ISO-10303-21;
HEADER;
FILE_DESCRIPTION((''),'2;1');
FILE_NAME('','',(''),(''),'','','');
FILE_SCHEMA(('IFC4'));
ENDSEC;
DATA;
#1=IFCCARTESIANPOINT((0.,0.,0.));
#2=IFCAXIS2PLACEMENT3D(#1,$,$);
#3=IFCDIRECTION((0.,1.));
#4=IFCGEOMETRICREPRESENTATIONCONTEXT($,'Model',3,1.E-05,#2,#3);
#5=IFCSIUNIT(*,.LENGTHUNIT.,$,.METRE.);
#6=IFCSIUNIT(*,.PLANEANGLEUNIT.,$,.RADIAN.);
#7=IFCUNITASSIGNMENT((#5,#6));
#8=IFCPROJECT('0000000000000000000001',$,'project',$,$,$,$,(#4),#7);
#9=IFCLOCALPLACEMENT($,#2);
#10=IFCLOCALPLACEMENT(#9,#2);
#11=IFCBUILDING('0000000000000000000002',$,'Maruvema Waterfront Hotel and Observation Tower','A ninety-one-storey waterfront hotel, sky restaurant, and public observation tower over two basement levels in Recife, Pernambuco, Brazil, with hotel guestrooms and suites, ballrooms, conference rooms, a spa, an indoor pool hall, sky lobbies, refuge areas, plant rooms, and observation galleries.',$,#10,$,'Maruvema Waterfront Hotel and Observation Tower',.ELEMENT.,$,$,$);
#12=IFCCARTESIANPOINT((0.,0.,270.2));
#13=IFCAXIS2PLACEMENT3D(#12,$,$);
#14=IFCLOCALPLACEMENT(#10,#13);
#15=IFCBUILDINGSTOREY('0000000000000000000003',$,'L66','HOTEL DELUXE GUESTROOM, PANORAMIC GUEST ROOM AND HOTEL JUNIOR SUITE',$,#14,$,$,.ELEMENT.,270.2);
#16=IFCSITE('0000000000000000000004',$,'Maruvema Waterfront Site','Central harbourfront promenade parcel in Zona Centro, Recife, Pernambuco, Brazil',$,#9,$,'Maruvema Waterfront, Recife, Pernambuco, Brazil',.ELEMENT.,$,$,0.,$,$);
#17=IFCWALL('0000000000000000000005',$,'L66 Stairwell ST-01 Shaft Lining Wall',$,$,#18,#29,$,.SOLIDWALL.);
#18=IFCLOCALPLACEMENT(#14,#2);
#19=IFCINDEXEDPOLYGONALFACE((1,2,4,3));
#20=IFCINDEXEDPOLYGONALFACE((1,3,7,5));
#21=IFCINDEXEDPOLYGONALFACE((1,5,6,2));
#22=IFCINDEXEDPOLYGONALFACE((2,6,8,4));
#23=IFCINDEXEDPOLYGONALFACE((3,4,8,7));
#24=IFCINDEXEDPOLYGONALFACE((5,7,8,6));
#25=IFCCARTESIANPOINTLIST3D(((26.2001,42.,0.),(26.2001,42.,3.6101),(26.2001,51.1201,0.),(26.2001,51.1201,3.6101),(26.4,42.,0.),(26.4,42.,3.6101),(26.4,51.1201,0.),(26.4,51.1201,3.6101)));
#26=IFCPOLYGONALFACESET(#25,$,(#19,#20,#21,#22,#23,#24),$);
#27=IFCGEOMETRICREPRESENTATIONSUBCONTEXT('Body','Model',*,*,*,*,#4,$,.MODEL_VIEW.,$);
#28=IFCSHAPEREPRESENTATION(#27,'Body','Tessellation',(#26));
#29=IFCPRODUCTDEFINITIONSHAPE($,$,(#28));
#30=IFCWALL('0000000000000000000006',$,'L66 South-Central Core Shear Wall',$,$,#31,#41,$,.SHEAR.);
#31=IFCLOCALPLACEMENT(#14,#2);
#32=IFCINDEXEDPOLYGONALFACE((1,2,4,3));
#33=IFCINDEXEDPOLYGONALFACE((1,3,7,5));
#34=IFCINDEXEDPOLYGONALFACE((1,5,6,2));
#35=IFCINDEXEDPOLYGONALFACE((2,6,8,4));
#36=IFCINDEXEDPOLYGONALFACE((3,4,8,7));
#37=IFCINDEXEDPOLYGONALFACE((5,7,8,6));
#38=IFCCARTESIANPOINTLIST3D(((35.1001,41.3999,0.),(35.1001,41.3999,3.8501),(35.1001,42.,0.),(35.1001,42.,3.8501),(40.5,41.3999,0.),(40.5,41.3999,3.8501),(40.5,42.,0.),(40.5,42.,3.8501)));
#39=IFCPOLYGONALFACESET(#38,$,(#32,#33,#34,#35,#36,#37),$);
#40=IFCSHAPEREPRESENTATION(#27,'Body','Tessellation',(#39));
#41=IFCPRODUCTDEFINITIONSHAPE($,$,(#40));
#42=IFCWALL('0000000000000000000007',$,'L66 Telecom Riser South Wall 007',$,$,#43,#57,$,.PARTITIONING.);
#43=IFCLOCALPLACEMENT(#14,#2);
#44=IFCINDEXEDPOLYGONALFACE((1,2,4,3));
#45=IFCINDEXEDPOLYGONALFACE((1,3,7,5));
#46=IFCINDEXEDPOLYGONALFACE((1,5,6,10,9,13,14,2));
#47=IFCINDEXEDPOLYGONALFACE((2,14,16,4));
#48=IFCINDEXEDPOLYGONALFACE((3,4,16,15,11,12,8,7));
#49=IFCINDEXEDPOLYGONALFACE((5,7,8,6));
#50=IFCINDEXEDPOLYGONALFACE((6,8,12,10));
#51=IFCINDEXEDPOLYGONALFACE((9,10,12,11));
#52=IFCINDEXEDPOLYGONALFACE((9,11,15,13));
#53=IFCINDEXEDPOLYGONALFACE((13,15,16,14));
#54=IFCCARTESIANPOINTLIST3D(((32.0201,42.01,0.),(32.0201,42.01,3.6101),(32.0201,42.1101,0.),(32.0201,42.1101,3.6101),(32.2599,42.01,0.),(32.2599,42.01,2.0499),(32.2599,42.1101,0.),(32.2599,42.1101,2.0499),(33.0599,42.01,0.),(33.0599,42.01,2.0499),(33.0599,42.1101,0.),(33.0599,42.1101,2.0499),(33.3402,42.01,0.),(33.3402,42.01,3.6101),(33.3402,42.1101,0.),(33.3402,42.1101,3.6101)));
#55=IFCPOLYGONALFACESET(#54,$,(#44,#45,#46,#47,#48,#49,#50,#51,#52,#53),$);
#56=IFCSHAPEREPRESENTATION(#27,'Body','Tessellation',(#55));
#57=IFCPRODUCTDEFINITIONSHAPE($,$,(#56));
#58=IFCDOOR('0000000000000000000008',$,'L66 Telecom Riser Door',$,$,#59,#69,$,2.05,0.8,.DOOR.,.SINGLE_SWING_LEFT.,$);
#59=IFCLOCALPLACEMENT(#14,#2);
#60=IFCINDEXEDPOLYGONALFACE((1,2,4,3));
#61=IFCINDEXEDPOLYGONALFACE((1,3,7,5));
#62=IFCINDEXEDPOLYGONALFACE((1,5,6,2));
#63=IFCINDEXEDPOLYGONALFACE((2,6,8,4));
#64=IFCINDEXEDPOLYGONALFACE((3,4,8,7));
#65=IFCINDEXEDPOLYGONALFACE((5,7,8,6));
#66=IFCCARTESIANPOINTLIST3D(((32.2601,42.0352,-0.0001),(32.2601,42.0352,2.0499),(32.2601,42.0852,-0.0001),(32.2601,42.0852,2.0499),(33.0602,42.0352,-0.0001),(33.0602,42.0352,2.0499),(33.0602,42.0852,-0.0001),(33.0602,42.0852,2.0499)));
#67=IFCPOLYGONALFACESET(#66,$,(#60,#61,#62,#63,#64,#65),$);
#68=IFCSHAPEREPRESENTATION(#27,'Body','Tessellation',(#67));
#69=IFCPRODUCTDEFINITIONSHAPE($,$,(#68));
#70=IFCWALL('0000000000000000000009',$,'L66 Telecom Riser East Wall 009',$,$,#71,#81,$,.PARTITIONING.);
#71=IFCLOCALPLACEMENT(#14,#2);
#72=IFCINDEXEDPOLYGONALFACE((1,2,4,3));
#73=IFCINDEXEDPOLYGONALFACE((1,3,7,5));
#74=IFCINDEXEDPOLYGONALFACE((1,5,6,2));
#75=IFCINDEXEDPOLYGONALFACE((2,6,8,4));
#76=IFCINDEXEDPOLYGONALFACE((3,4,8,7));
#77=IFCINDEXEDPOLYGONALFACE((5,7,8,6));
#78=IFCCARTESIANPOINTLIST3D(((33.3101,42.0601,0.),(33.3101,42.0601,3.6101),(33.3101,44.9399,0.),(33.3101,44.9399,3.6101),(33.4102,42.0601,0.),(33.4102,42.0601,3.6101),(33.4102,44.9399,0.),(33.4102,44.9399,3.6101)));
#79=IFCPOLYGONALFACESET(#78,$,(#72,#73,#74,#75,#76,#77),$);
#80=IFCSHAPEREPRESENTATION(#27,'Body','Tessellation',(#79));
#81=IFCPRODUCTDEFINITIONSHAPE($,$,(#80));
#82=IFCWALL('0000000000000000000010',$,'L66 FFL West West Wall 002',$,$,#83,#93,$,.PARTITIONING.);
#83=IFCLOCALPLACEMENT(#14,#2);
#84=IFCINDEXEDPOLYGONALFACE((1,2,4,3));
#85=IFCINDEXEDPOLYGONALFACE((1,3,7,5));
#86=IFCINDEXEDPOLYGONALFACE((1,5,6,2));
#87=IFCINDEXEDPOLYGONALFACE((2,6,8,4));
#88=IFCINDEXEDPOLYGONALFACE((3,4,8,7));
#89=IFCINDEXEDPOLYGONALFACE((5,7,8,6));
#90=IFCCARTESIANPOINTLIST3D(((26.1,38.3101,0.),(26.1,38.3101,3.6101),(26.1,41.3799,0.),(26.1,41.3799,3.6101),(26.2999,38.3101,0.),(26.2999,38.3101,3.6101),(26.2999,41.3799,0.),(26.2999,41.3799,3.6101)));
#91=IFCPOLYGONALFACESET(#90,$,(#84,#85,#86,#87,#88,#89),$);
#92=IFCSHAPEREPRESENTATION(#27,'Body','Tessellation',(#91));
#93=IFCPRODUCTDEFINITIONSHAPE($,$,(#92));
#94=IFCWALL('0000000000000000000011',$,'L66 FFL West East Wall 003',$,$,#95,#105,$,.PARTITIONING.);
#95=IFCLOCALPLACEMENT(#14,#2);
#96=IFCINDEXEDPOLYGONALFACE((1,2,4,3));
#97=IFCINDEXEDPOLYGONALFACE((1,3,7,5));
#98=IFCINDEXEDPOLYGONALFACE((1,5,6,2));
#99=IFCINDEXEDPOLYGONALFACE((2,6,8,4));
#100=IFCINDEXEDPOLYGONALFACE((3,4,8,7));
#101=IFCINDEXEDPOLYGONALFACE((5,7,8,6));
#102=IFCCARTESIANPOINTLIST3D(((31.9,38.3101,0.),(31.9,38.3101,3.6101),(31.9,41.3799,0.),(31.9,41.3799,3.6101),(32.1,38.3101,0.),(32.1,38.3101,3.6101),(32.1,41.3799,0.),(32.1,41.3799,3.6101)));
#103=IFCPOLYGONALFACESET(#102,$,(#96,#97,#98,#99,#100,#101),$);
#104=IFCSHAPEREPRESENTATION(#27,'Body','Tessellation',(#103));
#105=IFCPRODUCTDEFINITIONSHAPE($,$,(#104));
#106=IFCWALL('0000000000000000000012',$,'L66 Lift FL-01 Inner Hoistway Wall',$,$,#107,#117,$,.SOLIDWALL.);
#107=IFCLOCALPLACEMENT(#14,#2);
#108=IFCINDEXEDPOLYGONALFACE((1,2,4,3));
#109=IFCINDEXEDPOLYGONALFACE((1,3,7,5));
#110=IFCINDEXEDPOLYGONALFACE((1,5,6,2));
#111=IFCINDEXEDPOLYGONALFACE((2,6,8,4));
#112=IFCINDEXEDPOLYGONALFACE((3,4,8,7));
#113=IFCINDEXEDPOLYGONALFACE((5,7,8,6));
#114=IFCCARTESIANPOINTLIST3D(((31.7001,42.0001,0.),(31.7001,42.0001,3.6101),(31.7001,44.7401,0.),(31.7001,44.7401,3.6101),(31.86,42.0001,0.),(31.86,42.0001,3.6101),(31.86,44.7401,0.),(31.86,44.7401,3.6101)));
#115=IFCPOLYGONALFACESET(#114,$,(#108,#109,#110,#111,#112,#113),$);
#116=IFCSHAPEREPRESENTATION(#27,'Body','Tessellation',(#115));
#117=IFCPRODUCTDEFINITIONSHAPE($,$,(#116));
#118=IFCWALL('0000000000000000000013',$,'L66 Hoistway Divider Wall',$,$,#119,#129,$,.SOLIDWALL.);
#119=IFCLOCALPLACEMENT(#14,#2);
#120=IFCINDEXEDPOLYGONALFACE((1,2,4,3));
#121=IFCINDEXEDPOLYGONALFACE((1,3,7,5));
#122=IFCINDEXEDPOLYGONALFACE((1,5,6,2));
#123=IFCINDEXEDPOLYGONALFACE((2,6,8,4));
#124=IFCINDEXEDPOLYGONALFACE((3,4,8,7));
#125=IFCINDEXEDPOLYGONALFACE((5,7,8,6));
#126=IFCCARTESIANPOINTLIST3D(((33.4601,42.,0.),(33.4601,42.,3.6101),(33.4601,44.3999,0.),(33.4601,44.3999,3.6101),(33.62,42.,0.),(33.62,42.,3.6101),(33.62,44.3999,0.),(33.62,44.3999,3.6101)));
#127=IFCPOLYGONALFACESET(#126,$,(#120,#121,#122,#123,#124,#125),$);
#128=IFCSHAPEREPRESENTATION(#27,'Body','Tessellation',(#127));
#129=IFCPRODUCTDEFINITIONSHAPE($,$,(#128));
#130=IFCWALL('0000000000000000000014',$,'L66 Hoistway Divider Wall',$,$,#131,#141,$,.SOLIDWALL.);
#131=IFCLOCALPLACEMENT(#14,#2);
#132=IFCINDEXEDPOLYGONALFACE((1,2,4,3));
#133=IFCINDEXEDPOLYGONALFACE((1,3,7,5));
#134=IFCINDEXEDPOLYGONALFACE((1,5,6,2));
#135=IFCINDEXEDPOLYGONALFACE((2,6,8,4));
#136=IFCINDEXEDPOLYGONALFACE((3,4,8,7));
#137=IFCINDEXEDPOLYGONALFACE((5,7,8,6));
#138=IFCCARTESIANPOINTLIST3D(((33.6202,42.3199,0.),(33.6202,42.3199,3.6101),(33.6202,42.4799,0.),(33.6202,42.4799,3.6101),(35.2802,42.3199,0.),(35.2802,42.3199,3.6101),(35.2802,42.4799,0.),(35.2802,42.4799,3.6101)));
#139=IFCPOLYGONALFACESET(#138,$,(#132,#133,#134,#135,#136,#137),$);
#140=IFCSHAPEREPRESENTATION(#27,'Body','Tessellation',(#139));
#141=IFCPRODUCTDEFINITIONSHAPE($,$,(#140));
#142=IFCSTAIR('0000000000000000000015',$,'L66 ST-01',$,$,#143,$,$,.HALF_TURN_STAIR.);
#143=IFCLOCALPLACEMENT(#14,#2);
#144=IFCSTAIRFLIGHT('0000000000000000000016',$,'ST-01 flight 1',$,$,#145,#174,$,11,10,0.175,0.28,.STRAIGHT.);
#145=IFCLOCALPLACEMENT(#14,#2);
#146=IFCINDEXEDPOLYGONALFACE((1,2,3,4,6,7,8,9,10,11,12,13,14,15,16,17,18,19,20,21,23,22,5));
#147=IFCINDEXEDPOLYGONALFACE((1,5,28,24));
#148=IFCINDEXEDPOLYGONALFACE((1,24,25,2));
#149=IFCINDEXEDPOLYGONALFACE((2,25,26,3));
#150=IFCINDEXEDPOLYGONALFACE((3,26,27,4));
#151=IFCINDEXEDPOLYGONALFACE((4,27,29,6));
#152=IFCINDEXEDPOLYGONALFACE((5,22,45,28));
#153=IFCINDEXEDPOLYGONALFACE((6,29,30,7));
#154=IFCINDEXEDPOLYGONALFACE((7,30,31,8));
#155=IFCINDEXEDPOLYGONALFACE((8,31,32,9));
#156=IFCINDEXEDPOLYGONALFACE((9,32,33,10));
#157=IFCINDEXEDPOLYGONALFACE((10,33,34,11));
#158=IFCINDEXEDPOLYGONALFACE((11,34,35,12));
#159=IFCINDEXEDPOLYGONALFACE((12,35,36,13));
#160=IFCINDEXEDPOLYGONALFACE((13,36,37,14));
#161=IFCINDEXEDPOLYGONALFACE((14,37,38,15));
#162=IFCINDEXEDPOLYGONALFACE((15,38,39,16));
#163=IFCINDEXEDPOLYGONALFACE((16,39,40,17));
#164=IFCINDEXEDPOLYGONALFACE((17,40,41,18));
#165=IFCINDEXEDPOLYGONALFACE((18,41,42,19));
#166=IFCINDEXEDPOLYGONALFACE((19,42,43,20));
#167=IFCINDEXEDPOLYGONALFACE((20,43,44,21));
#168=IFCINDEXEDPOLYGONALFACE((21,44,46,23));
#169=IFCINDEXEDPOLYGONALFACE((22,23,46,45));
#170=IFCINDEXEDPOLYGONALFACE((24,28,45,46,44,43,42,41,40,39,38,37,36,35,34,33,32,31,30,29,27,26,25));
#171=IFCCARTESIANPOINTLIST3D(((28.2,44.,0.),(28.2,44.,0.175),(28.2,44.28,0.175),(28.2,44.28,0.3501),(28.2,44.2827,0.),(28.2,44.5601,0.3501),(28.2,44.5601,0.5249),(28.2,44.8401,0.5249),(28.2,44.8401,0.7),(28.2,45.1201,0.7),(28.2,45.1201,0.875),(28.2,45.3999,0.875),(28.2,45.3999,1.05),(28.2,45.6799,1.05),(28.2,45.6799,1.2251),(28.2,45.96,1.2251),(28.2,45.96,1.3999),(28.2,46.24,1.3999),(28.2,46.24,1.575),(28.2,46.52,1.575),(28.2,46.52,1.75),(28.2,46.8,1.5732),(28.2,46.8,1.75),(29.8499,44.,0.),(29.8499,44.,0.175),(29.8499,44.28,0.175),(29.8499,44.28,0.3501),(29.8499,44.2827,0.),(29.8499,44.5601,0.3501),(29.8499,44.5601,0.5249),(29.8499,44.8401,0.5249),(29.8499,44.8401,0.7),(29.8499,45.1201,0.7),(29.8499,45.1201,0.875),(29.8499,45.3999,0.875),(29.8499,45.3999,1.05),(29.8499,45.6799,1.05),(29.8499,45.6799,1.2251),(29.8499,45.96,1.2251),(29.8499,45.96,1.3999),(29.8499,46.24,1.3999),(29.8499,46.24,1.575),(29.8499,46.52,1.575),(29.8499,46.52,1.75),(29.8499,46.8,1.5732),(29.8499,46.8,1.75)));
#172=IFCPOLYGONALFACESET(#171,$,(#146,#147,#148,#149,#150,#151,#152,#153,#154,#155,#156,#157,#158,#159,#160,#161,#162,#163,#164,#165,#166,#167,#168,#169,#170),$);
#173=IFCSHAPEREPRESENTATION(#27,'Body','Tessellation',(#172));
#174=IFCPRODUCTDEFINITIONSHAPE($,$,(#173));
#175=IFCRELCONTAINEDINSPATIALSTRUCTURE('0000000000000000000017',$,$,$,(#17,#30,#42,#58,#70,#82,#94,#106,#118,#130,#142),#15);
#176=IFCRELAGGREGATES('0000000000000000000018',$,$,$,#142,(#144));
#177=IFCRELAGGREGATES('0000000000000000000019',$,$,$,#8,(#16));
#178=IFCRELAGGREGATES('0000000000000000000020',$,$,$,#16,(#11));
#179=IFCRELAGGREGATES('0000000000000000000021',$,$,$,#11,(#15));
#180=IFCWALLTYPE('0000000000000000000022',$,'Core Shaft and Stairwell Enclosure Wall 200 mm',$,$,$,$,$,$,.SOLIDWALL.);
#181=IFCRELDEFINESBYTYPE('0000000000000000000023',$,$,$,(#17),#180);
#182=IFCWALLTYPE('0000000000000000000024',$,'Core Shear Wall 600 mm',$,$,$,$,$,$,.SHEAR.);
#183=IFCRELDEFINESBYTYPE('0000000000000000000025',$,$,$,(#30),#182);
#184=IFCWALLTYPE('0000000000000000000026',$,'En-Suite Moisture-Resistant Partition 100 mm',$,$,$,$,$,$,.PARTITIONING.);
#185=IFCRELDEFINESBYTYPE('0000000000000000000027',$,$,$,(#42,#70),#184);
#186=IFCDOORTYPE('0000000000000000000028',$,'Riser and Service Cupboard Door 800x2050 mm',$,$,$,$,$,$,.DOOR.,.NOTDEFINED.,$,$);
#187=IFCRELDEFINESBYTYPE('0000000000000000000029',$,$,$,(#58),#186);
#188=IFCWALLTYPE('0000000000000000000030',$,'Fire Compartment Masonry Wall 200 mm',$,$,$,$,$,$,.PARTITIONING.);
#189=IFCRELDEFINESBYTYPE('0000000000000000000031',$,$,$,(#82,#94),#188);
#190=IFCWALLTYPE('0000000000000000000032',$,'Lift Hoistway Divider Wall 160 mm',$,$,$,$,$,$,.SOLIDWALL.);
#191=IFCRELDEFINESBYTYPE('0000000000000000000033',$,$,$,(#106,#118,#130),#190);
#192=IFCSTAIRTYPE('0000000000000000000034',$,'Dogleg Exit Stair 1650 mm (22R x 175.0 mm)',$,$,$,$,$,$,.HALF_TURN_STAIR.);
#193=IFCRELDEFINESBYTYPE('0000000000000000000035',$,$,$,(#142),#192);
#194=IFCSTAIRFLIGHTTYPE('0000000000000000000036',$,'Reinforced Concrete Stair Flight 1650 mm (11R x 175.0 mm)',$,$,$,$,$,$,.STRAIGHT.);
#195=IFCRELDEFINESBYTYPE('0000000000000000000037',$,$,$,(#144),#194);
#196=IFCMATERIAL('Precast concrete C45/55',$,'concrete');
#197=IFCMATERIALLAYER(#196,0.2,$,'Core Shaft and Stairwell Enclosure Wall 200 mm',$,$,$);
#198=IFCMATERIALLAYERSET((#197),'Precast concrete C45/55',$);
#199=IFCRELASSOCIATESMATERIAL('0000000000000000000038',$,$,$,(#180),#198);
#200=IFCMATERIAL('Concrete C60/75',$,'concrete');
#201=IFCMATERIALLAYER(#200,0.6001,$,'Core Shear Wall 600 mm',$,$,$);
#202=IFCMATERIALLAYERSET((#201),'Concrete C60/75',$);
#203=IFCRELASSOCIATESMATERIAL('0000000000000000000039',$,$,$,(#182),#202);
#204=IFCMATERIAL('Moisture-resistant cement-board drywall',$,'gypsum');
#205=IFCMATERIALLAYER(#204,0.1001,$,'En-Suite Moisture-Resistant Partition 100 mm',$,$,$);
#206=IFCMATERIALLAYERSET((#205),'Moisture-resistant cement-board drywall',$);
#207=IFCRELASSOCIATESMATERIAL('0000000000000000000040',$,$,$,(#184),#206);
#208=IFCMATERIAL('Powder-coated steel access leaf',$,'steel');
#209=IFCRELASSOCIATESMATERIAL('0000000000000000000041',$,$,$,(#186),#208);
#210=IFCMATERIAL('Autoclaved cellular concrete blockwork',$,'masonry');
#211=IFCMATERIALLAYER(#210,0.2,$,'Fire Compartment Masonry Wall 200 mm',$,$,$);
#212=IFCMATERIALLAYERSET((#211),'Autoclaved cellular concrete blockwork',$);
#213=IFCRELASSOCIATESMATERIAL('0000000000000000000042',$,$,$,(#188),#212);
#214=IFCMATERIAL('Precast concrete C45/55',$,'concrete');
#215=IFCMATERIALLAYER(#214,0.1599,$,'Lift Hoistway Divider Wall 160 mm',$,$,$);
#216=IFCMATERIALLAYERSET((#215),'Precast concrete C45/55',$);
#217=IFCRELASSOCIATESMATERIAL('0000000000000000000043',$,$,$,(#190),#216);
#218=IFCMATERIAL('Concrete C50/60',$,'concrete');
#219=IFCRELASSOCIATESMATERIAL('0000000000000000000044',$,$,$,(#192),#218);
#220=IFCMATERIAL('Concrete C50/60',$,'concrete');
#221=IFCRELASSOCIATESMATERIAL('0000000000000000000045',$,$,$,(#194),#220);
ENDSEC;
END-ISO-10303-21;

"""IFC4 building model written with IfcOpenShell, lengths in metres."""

from ifc_helpers import new_model, si_unit, direction, frame, frame_2d, origin, place, context, subcontext, project, spatial, polyline, rectangle, outline, extrude, material, layer, layer_set, type_object, element, fill, aggregate, save


model = new_model("IFC4")

# Units and contexts
model_context = context("Model", 3, precision=1e-05, world=origin(), true_north=direction((0.0, 1.0)))
body_context = subcontext(model_context, "Body", "Model", "MODEL_VIEW")
ifc_project = project(units=[si_unit("LENGTHUNIT", "METRE"), si_unit("PLANEANGLEUNIT", "RADIAN")], contexts=[model_context])

# Site, building, storey
site_placement = place(None, origin())
site = spatial("IfcSite", under=ifc_project, at=site_placement, Name="Maruvema Waterfront Site", Description="Central harbourfront promenade parcel in Zona Centro, Recife, Pernambuco, Brazil", LongName="Maruvema Waterfront, Recife, Pernambuco, Brazil", CompositionType="ELEMENT", RefElevation=0.0)
building_placement = place(site_placement, origin())
building = spatial("IfcBuilding", under=site, at=building_placement, Name="Maruvema Waterfront Hotel and Observation Tower", Description="A ninety-one-storey waterfront hotel, sky restaurant, and public observation tower over two basement levels in Recife, Pernambuco, Brazil, with hotel guestrooms and suites, ballrooms, conference rooms, a spa, an indoor pool hall, sky lobbies, refuge areas, plant rooms, and observation galleries.", LongName="Maruvema Waterfront Hotel and Observation Tower", CompositionType="ELEMENT")
storey_placement = place(building_placement, frame((0.0, 0.0, 270.2)))
storey = spatial("IfcBuildingStorey", under=building, at=storey_placement, Name="L66", Description="HOTEL DELUXE GUESTROOM, PANORAMIC GUEST ROOM AND HOTEL JUNIOR SUITE", CompositionType="ELEMENT", Elevation=270.2)

# Walls
ifc_material_1 = material(Name="Precast concrete C45/55", Category="concrete")
ifc_layer_1 = layer(ifc_material_1, 0.2, Name="Core Shaft and Stairwell Enclosure Wall 200 mm")
ifc_layer_set_1 = layer_set([ifc_layer_1], Name="Precast concrete C45/55")
wall_type_1 = type_object("IfcWallType", Name="Core Shaft and Stairwell Enclosure Wall 200 mm", PredefinedType="SOLIDWALL", material=ifc_layer_set_1)
wall_1_placement = place(storey_placement, frame((26.3, 42.0, 0.0), z_axis=(0.0, 0.0, 1.0), x_axis=(0.0, 1.0, 0.0)))
element("IfcWall", 1, at=wall_1_placement, inside=storey, type_object=wall_type_1, Name="L66 Stairwell ST-01 Shaft Lining Wall", PredefinedType="SOLIDWALL", context=body_context, shape_type="SweptSolid", body=[
    extrude(rectangle(XDim=9.1201, YDim=0.2, at=frame_2d((4.5601, 0.0))), origin(), (0.0, 0.0, 1.0), 3.6101),
])
ifc_material_2 = material(Name="Concrete C60/75", Category="concrete")
ifc_layer_2 = layer(ifc_material_2, 0.6001, Name="Core Shear Wall 600 mm")
ifc_layer_set_2 = layer_set([ifc_layer_2], Name="Concrete C60/75")
wall_type_2 = type_object("IfcWallType", Name="Core Shear Wall 600 mm", PredefinedType="SHEAR", material=ifc_layer_set_2)
wall_2_placement = place(storey_placement, frame((35.1001, 41.7, 0.0), z_axis=(0.0, 0.0, 1.0), x_axis=(1.0, 0.0, 0.0)))
element("IfcWall", 2, at=wall_2_placement, inside=storey, type_object=wall_type_2, Name="L66 South-Central Core Shear Wall", PredefinedType="SHEAR", context=body_context, shape_type="SweptSolid", body=[
    extrude(rectangle(XDim=5.3999, YDim=0.6001, at=frame_2d((2.7, 0.0))), origin(), (0.0, 0.0, 1.0), 3.8501),
])

# Wall, opening, door
ifc_material_3 = material(Name="Moisture-resistant cement-board drywall", Category="gypsum")
ifc_layer_3 = layer(ifc_material_3, 0.1001, Name="En-Suite Moisture-Resistant Partition 100 mm")
ifc_layer_set_3 = layer_set([ifc_layer_3], Name="Moisture-resistant cement-board drywall")
wall_type_3 = type_object("IfcWallType", Name="En-Suite Moisture-Resistant Partition 100 mm", PredefinedType="PARTITIONING", material=ifc_layer_set_3)
wall_3_placement = place(storey_placement, frame((32.02, 42.0601, 0.0), z_axis=(0.0, 0.0, 1.0), x_axis=(1.0, 0.0, 0.0)))
wall_3 = element("IfcWall", 3, at=wall_3_placement, inside=storey, type_object=wall_type_3, Name="L66 Telecom Riser South Wall 007", PredefinedType="PARTITIONING", context=body_context, shape_type="SweptSolid", body=[
    extrude(rectangle(XDim=1.3201, YDim=0.1001, at=frame_2d((0.6602, 0.0))), origin(), (0.0, 0.0, 1.0), 3.6101),
])
opening_1_placement = place(wall_3_placement, frame((0.24, 0.0, 0.0)))
opening_1 = element("IfcOpeningElement", 4, at=opening_1_placement, cuts=wall_3, PredefinedType="OPENING", context=body_context, shape_type="SweptSolid", body=[
    extrude(rectangle(XDim=0.8, YDim=2.05, at=frame_2d((0.3999, 1.0249))), frame((0.0, 0.0601, 0.0), z_axis=(0.0, -1.0, 0.0), x_axis=(1.0, 0.0, 0.0)), (0.0, 0.0, 1.0), 0.1201),
])
ifc_material_4 = material(Name="Powder-coated steel access leaf", Category="steel")
door_type_1 = type_object("IfcDoorType", Name="Riser and Service Cupboard Door 800x2050 mm", OperationType="NOTDEFINED", PredefinedType="DOOR", material=ifc_material_4)
door_1_placement = place(opening_1_placement, frame((0.8, 0.0, 0.0), z_axis=(0.0, 0.0, 1.0), x_axis=(-1.0, 0.0, 0.0)))
door_1 = element("IfcDoor", 5, at=door_1_placement, inside=storey, type_object=door_type_1, Name="L66 Telecom Riser Door", OperationType="SINGLE_SWING_LEFT", OverallHeight=2.05, OverallWidth=0.8, PredefinedType="DOOR", context=body_context, shape_type="SweptSolid", body=[
    extrude(rectangle(XDim=0.8, YDim=2.05, at=frame_2d((0.3999, 1.0249))), frame((0.0, 0.0249, 0.0), z_axis=(0.0, -1.0, 0.0), x_axis=(1.0, 0.0, 0.0)), (0.0, 0.0, 1.0), 0.05),
])
fill(opening_1, door_1)

# Wall
wall_4_placement = place(storey_placement, frame((33.3601, 42.0601, 0.0), z_axis=(0.0, 0.0, 1.0), x_axis=(0.0, 1.0, 0.0)))
element("IfcWall", 6, at=wall_4_placement, inside=storey, type_object=wall_type_3, Name="L66 Telecom Riser East Wall 009", PredefinedType="PARTITIONING", context=body_context, shape_type="SweptSolid", body=[
    extrude(rectangle(XDim=2.8799, YDim=0.1001, at=frame_2d((1.4399, 0.0))), origin(), (0.0, 0.0, 1.0), 3.6101),
])

# Shared definitions
ifc_material_5 = material(Name="Autoclaved cellular concrete blockwork", Category="masonry")
ifc_layer_4 = layer(ifc_material_5, 0.2, Name="Fire Compartment Masonry Wall 200 mm")
ifc_layer_set_4 = layer_set([ifc_layer_4], Name="Autoclaved cellular concrete blockwork")
wall_type_4 = type_object("IfcWallType", Name="Fire Compartment Masonry Wall 200 mm", PredefinedType="PARTITIONING", material=ifc_layer_set_4)

# Walls
for number, where, z_axis, x_axis, name in (
    (7, (26.2, 38.3101, 0.0), (0.0, 0.0, 1.0), (0.0, 1.0, 0.0), "L66 FFL West West Wall 002"),
    (8, (32.0, 38.3101, 0.0), (0.0, 0.0, 1.0), (0.0, 1.0, 0.0), "L66 FFL West East Wall 003"),
):
    element("IfcWall", number, at=place(storey_placement, frame(where, z_axis=z_axis, x_axis=x_axis)), inside=storey, type_object=wall_type_4, Name=name, PredefinedType="PARTITIONING", context=body_context, shape_type="SweptSolid", body=[
        extrude(rectangle(XDim=3.0698, YDim=0.2, at=frame_2d((1.5349, 0.0))), origin(), (0.0, 0.0, 1.0), 3.6101),
    ])
ifc_material_6 = material(Name="Precast concrete C45/55", Category="concrete")
ifc_layer_5 = layer(ifc_material_6, 0.1599, Name="Lift Hoistway Divider Wall 160 mm")
ifc_layer_set_5 = layer_set([ifc_layer_5], Name="Precast concrete C45/55")
wall_type_5 = type_object("IfcWallType", Name="Lift Hoistway Divider Wall 160 mm", PredefinedType="SOLIDWALL", material=ifc_layer_set_5)
wall_5_placement = place(storey_placement, frame((31.78, 42.0, 0.0), z_axis=(0.0, 0.0, 1.0), x_axis=(0.0, 1.0, 0.0)))
element("IfcWall", 9, at=wall_5_placement, inside=storey, type_object=wall_type_5, Name="L66 Lift FL-01 Inner Hoistway Wall", PredefinedType="SOLIDWALL", context=body_context, shape_type="SweptSolid", body=[
    extrude(rectangle(XDim=2.74, YDim=0.1599, at=frame_2d((1.3701, 0.0))), origin(), (0.0, 0.0, 1.0), 3.6101),
])
wall_6_placement = place(storey_placement, frame((33.54, 42.0, 0.0), z_axis=(0.0, 0.0, 1.0), x_axis=(0.0, 1.0, 0.0)))
element("IfcWall", 10, at=wall_6_placement, inside=storey, type_object=wall_type_5, Name="L66 Hoistway Divider Wall", PredefinedType="SOLIDWALL", context=body_context, shape_type="SweptSolid", body=[
    extrude(rectangle(XDim=2.3999, YDim=0.1599, at=frame_2d((1.2, 0.0))), origin(), (0.0, 0.0, 1.0), 3.6101),
])
wall_7_placement = place(storey_placement, frame((33.6201, 42.3999, 0.0), z_axis=(0.0, 0.0, 1.0), x_axis=(1.0, 0.0, 0.0)))
element("IfcWall", 11, at=wall_7_placement, inside=storey, type_object=wall_type_5, Name="L66 Hoistway Divider Wall", PredefinedType="SOLIDWALL", context=body_context, shape_type="SweptSolid", body=[
    extrude(rectangle(XDim=1.6599, YDim=0.1599, at=frame_2d((0.8301, 0.0))), origin(), (0.0, 0.0, 1.0), 3.6101),
])

# Stair, stair flight
ifc_material_7 = material(Name="Concrete C50/60", Category="concrete")
stair_type = type_object("IfcStairType", Name="Dogleg Exit Stair 1650 mm (22R x 175.0 mm)", PredefinedType="HALF_TURN_STAIR", material=ifc_material_7)
stair_placement = place(storey_placement, origin())
stair = element("IfcStair", 12, at=stair_placement, inside=storey, type_object=stair_type, Name="L66 ST-01", PredefinedType="HALF_TURN_STAIR")
ifc_material_8 = material(Name="Concrete C50/60", Category="concrete")
stair_flight_type = type_object("IfcStairFlightType", Name="Reinforced Concrete Stair Flight 1650 mm (11R x 175.0 mm)", PredefinedType="STRAIGHT", material=ifc_material_8)
stair_flight_placement = place(storey_placement, frame((29.0249, 44.0, 0.0), z_axis=(0.0, 0.0, 1.0), x_axis=(0.0, 1.0, 0.0)))
stair_flight = element("IfcStairFlight", 13, at=stair_flight_placement, type_object=stair_flight_type, Name="ST-01 flight 1", NumberOfRisers=11, NumberOfTreads=10, PredefinedType="STRAIGHT", RiserHeight=0.175, TreadLength=0.28, context=body_context, shape_type="SweptSolid", body=[
    extrude(outline(polyline([(0.0, 0.0), (0.0, 0.175), (0.28, 0.175), (0.28, 0.3501), (0.5601, 0.3501), (0.5601, 0.5249), (0.8401, 0.5249), (0.8401, 0.7), (1.1201, 0.7), (1.1201, 0.875), (1.3999, 0.875), (1.3999, 1.05), (1.6799, 1.05), (1.6799, 1.2251), (1.96, 1.2251), (1.96, 1.3999), (2.24, 1.3999), (2.24, 1.575), (2.52, 1.575), (2.52, 1.75), (2.8, 1.75), (2.8, 1.925), (2.8, 1.5732), (0.2827, 0.0), (0.0, 0.0)])), frame((0.0, 0.825, 0.0), z_axis=(0.0, -1.0, 0.0), x_axis=(1.0, 0.0, 0.0)), (0.0, 0.0, 1.0), 1.6499),
])
aggregate(stair, [stair_flight])

save(model, "model.ifc")
